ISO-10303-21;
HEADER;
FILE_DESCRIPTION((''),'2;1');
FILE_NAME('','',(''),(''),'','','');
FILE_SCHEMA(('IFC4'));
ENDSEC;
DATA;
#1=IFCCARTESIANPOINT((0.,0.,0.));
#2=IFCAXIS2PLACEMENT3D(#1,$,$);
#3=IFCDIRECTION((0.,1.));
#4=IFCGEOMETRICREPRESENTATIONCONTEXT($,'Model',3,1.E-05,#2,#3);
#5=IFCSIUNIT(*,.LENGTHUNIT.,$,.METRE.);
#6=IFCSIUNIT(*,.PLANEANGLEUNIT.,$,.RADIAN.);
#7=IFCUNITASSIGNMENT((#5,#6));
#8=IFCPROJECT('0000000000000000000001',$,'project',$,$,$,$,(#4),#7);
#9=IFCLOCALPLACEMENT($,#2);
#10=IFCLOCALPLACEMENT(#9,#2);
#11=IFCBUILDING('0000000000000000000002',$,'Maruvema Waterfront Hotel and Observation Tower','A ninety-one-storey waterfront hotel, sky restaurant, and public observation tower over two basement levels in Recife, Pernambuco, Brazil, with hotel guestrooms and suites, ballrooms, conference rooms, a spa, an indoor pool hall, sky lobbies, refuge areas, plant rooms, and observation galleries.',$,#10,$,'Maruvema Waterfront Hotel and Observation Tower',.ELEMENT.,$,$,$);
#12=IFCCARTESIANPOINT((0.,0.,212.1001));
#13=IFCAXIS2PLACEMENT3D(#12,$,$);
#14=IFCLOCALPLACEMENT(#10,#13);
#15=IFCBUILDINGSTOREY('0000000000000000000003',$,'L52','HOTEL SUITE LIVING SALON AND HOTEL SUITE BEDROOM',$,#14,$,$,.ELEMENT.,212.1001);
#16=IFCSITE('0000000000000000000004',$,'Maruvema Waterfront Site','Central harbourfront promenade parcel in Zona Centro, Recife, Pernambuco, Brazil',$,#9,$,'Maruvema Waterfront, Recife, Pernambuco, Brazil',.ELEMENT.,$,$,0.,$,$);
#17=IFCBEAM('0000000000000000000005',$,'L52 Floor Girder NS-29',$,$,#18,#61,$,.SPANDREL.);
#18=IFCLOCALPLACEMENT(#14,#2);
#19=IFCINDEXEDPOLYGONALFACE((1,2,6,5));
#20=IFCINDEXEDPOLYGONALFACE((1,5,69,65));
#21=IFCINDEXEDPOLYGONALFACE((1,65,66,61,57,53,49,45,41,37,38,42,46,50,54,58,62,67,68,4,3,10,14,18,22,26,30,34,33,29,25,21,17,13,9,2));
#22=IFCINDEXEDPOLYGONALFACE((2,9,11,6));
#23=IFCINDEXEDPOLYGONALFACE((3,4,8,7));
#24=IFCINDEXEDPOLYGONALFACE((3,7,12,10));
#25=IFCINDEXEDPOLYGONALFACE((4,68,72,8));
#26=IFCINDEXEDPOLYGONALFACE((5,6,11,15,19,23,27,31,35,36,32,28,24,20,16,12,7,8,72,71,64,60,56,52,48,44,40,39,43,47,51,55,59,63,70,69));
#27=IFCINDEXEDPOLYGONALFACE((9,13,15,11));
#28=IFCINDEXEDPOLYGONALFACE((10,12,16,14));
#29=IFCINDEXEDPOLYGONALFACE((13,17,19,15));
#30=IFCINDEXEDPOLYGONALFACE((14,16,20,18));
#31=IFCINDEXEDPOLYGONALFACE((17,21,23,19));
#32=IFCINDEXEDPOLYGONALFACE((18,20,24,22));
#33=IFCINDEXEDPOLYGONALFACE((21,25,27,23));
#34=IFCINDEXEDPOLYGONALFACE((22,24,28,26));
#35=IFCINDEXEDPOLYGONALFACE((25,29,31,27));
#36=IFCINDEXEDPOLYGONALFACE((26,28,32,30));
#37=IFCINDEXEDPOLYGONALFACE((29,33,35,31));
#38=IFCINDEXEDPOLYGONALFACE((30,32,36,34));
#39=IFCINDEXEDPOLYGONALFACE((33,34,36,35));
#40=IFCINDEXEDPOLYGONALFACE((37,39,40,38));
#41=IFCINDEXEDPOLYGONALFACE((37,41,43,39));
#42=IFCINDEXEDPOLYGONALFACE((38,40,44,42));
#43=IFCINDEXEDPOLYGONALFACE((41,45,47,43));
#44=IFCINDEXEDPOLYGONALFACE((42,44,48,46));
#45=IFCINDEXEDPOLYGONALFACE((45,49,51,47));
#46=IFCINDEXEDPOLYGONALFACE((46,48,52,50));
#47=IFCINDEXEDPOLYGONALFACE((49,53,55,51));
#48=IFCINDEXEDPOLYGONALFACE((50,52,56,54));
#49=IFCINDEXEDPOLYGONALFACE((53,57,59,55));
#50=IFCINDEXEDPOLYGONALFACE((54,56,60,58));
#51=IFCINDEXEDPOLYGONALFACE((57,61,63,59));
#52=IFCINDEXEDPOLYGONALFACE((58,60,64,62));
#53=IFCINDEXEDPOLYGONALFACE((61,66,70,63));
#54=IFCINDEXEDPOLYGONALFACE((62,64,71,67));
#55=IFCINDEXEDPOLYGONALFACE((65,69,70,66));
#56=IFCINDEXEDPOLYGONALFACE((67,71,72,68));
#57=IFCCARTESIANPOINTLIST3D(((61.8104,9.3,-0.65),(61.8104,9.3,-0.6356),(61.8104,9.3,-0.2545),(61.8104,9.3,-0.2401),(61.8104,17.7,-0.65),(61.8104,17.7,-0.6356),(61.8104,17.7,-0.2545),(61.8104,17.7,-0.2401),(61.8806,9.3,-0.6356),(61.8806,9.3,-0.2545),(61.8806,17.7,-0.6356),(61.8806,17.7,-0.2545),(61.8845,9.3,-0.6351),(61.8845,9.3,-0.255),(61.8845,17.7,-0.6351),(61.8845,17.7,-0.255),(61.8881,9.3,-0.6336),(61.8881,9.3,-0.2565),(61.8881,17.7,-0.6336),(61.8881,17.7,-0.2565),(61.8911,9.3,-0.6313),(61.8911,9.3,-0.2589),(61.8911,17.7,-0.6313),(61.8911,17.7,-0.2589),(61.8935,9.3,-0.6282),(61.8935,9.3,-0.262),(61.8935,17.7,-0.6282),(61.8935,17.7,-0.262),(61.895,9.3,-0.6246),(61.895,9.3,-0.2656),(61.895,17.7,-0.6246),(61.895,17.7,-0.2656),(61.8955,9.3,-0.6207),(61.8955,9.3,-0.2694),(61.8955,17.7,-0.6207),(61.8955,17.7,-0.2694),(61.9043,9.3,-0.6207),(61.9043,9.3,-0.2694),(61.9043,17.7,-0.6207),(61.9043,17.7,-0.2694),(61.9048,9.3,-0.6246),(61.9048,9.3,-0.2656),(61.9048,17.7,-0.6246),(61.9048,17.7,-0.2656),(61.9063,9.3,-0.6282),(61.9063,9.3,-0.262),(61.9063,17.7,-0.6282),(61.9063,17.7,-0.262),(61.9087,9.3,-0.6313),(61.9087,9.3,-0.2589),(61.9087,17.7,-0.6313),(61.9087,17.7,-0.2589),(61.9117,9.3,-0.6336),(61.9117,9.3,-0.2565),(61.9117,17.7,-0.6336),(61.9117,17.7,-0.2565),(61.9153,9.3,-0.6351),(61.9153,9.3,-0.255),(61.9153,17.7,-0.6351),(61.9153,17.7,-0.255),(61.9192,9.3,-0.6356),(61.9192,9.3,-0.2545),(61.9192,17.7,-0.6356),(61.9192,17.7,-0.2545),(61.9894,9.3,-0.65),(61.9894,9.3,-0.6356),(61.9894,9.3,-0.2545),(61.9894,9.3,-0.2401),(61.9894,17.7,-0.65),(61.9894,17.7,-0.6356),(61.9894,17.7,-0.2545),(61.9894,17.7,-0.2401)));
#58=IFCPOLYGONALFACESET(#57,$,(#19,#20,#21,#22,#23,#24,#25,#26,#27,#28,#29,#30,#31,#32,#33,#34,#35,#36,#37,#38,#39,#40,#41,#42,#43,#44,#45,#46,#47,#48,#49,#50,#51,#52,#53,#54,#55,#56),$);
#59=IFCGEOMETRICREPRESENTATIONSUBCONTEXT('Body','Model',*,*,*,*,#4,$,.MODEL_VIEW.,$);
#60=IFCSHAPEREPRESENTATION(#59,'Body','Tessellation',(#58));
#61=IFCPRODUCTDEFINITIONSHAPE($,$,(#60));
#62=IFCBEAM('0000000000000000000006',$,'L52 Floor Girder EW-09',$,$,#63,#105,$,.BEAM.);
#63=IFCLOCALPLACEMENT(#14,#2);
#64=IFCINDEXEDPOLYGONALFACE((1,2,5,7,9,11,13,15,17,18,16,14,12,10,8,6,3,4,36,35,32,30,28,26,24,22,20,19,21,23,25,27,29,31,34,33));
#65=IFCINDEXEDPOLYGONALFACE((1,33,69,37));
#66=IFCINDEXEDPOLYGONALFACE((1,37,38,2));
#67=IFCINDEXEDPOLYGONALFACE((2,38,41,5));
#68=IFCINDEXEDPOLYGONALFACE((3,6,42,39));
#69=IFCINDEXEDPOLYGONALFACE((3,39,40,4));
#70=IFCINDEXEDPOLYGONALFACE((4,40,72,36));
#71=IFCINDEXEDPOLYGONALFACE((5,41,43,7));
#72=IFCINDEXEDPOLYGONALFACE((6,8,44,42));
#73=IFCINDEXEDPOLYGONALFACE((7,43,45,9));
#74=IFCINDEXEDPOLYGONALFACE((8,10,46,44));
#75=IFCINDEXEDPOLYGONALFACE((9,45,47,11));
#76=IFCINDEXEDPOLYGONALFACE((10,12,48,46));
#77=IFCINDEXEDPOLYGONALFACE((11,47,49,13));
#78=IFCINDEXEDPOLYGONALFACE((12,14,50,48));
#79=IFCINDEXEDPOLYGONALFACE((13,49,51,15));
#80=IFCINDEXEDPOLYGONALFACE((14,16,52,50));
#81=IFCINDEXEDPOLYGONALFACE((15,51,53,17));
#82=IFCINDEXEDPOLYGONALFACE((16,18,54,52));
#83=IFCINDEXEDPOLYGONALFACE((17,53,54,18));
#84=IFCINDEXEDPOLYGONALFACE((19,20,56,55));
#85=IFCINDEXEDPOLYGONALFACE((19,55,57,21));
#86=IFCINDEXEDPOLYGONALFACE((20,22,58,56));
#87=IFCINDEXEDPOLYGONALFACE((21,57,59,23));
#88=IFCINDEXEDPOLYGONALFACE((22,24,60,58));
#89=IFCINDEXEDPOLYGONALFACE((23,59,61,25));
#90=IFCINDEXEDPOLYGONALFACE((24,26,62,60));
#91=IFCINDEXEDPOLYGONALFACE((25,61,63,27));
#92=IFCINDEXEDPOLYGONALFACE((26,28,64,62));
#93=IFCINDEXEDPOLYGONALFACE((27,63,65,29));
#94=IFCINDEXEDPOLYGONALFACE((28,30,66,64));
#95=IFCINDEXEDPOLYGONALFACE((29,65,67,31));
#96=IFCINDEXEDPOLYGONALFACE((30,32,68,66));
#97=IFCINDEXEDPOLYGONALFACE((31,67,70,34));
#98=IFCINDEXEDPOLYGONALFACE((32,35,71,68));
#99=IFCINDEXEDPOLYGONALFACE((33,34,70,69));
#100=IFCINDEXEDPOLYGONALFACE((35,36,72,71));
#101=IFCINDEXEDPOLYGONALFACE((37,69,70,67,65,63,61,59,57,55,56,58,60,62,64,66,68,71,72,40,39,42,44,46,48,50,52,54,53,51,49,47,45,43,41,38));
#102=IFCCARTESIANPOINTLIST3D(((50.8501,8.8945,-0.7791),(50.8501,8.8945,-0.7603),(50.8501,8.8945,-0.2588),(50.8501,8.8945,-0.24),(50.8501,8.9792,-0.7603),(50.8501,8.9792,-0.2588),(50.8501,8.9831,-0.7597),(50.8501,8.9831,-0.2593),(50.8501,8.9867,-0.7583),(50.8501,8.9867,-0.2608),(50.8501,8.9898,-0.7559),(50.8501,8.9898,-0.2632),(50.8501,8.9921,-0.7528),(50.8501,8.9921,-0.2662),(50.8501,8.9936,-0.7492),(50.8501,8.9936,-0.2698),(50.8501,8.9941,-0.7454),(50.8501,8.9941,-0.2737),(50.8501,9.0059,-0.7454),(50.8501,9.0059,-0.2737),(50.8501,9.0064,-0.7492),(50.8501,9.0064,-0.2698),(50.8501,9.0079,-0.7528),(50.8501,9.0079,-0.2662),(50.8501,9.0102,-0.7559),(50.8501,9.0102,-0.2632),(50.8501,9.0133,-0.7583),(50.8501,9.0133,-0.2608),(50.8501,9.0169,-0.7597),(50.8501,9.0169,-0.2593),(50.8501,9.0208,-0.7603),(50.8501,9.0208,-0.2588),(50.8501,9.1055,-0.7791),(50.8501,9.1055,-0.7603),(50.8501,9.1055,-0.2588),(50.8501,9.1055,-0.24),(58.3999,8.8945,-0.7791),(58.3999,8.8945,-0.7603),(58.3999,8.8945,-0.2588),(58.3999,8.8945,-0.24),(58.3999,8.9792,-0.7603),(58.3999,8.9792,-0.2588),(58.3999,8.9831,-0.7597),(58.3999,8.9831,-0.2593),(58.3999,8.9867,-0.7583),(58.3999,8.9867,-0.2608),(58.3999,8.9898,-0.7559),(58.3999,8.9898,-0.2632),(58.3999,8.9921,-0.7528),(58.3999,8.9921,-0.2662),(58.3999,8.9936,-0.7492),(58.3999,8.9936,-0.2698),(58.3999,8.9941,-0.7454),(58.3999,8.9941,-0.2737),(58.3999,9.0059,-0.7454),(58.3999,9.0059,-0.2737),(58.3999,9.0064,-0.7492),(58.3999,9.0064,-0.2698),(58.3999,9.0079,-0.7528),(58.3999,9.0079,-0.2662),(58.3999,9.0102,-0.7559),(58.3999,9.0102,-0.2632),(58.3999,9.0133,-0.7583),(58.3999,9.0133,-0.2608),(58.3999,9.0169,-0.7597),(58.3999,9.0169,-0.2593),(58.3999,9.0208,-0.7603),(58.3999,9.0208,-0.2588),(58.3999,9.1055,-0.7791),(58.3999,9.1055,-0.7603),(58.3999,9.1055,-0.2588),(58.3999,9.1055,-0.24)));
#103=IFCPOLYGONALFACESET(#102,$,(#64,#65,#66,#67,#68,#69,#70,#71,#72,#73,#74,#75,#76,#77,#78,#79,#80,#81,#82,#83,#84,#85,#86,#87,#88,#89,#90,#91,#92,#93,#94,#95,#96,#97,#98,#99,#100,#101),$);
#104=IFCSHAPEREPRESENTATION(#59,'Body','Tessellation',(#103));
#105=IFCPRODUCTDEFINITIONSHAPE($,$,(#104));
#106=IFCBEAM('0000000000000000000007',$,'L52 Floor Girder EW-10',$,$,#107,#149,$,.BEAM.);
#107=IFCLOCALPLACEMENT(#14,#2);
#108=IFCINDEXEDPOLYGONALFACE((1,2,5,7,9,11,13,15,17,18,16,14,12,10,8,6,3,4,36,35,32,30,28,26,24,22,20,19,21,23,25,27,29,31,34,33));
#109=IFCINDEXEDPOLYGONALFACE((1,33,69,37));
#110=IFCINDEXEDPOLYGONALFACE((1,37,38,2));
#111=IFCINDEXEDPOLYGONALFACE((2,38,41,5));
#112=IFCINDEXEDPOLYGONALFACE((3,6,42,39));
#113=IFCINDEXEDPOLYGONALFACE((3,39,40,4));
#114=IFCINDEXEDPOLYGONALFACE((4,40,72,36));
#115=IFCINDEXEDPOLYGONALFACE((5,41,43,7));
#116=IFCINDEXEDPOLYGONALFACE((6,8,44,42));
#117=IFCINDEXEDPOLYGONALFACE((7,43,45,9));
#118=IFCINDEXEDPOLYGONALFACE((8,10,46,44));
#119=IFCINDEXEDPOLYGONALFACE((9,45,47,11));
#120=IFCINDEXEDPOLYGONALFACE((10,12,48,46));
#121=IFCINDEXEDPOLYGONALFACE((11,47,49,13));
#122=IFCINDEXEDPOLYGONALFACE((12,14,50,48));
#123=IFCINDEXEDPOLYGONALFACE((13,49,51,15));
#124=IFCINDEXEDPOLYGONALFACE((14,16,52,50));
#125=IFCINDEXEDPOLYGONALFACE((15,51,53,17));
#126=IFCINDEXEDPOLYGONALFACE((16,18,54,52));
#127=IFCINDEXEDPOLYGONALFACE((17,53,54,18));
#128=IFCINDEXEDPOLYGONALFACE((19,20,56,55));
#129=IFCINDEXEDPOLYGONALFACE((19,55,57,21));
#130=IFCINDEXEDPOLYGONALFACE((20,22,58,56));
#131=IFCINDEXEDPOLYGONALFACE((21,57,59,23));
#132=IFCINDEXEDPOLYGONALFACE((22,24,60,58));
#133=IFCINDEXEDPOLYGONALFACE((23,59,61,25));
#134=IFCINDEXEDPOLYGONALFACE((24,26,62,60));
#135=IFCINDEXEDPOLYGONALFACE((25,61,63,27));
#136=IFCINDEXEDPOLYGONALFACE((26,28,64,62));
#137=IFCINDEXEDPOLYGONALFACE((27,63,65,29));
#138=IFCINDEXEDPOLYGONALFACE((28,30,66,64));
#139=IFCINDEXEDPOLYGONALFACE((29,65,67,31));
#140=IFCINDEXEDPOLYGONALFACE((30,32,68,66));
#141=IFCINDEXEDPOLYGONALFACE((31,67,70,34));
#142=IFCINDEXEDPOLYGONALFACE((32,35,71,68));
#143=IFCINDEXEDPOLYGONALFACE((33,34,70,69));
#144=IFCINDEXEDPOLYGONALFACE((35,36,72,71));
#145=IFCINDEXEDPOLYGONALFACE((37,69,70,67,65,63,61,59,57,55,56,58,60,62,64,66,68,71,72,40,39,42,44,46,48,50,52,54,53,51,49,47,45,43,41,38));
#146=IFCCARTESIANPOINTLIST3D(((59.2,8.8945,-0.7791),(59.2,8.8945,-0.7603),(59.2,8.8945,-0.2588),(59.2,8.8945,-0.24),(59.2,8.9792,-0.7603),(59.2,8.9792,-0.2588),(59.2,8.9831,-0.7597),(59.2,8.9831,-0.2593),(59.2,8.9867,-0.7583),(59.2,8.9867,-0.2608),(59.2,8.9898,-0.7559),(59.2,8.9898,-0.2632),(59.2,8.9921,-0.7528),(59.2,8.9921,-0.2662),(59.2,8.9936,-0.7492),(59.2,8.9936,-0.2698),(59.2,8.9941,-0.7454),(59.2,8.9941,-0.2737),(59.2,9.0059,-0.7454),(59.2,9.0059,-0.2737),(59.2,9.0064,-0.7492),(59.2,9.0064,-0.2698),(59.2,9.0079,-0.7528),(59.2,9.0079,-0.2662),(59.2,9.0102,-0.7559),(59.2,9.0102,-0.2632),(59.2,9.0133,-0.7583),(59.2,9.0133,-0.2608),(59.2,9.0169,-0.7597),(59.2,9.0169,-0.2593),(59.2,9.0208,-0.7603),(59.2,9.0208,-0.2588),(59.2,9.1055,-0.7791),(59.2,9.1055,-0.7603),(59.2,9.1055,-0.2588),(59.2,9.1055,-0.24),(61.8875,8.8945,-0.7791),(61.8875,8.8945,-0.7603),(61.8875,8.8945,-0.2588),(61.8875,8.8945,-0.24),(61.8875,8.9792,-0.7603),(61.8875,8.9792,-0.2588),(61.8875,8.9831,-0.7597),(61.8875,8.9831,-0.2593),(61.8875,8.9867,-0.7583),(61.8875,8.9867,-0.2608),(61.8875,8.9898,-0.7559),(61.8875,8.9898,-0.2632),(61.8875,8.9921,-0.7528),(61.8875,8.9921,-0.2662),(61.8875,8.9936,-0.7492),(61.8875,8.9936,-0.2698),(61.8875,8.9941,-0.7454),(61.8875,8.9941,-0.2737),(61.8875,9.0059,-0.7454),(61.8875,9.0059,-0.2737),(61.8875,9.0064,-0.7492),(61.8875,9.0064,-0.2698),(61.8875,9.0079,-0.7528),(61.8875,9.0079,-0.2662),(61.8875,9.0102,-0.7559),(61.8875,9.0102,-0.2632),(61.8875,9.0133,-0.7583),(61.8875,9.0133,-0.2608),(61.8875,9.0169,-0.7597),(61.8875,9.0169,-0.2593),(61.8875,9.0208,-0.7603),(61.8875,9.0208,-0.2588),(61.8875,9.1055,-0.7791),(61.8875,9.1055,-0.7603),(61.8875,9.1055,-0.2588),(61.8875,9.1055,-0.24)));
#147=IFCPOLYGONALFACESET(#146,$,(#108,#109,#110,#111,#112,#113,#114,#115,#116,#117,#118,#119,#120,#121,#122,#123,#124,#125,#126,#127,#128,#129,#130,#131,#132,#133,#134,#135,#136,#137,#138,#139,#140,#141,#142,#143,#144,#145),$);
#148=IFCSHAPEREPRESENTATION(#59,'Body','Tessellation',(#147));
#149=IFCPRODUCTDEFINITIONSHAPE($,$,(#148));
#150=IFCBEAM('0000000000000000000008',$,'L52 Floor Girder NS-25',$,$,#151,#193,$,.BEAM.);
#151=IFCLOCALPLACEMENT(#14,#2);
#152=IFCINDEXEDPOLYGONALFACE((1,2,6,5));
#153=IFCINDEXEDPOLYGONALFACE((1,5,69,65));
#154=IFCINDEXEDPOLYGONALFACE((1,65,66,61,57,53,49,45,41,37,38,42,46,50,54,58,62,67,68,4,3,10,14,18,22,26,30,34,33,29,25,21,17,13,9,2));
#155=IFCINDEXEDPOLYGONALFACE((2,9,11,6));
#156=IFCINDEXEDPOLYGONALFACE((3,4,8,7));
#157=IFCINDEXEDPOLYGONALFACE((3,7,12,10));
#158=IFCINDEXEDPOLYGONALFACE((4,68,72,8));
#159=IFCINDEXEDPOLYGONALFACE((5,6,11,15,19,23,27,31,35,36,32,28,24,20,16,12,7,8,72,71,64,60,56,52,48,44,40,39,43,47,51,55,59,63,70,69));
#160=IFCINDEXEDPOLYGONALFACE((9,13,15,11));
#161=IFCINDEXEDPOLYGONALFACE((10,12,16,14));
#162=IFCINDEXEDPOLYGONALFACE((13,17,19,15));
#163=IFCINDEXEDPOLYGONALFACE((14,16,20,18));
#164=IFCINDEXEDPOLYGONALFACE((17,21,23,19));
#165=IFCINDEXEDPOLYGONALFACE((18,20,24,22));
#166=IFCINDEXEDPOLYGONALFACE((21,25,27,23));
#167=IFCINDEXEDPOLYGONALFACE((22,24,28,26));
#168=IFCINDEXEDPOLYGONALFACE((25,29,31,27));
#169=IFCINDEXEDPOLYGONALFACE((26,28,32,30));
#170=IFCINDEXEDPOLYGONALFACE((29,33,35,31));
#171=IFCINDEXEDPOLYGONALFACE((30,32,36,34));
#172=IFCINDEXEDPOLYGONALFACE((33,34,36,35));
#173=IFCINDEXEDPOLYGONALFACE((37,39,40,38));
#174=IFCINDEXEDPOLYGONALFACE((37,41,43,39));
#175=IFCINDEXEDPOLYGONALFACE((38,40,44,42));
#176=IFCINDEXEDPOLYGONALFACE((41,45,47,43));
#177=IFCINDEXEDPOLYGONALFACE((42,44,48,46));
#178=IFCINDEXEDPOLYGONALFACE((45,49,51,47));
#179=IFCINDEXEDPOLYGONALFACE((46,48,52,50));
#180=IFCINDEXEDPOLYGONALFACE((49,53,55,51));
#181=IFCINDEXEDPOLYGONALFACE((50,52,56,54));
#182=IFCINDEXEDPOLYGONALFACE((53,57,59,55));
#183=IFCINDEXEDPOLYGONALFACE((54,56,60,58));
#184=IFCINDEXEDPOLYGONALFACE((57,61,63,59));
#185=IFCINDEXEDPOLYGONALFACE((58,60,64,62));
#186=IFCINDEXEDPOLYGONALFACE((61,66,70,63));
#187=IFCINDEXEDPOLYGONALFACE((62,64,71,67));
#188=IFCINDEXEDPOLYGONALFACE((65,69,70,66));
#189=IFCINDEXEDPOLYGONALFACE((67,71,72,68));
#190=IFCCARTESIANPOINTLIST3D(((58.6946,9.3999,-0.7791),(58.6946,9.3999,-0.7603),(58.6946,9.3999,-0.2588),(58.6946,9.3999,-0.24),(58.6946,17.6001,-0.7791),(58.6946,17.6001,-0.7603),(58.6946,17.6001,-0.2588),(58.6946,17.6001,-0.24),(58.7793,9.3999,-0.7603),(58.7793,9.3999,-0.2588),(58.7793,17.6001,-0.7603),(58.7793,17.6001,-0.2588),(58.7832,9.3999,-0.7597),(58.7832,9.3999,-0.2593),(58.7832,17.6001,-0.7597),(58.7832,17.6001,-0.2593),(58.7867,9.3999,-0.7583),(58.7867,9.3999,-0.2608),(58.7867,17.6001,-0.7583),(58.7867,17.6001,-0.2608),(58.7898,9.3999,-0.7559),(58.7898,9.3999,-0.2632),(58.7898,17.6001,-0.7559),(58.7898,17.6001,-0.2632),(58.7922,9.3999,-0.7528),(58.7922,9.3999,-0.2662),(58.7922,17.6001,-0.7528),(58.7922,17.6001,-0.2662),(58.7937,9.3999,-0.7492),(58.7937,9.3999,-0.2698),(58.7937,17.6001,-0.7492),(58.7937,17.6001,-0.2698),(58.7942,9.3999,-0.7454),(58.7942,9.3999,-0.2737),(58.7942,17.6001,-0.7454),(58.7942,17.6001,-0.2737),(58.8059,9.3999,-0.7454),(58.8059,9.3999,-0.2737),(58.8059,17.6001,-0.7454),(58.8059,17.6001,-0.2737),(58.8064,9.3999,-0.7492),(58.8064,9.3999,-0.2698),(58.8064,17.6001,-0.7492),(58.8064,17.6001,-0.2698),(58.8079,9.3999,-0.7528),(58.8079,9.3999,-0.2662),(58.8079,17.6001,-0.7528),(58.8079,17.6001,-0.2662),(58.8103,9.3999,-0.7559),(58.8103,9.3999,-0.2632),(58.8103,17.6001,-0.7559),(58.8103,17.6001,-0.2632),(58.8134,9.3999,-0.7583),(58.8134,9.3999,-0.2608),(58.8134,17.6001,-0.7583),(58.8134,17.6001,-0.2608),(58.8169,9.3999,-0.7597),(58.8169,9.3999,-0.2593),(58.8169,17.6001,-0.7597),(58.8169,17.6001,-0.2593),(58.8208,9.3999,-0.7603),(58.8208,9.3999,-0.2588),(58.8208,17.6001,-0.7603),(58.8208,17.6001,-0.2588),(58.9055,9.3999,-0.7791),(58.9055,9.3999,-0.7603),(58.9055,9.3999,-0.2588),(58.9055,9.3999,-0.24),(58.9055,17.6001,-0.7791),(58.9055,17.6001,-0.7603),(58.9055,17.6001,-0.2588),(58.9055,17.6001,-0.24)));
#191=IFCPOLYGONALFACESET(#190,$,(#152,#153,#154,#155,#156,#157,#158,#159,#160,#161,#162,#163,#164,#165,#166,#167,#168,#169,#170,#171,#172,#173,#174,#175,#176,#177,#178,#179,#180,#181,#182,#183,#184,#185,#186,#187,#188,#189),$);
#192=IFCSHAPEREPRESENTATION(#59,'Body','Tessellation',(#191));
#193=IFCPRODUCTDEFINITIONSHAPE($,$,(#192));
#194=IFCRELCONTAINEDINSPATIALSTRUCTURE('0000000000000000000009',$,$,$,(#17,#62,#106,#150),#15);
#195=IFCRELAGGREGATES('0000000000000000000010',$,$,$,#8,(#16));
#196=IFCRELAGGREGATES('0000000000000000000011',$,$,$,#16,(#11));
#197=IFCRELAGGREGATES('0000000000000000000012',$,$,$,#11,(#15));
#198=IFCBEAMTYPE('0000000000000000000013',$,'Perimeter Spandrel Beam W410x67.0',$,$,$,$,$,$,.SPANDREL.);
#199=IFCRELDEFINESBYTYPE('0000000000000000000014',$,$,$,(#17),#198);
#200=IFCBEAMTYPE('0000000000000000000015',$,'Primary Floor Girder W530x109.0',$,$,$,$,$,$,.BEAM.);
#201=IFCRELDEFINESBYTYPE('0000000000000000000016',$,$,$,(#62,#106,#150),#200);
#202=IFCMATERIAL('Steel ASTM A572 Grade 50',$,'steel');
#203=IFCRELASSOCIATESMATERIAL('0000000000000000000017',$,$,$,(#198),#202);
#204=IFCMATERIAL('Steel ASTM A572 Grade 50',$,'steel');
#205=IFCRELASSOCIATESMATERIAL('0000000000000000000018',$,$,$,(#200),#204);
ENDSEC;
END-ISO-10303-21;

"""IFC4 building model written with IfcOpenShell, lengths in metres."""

from ifc_helpers import new_model, si_unit, direction, frame, origin, origin_2d, place, context, subcontext, project, spatial, i_section, extrude, material, material_profile, profile_set, type_object, element, save


model = new_model("IFC4")

# Units and contexts
model_context = context("Model", 3, precision=1e-05, world=origin(), true_north=direction((0.0, 1.0)))
body_context = subcontext(model_context, "Body", "Model", "MODEL_VIEW")
ifc_project = project(units=[si_unit("LENGTHUNIT", "METRE"), si_unit("PLANEANGLEUNIT", "RADIAN")], contexts=[model_context])

# Site, building, storey
site_placement = place(None, origin())
site = spatial("IfcSite", under=ifc_project, at=site_placement, Name="Maruvema Waterfront Site", Description="Central harbourfront promenade parcel in Zona Centro, Recife, Pernambuco, Brazil", LongName="Maruvema Waterfront, Recife, Pernambuco, Brazil", CompositionType="ELEMENT", RefElevation=0.0)
building_placement = place(site_placement, origin())
building = spatial("IfcBuilding", under=site, at=building_placement, Name="Maruvema Waterfront Hotel and Observation Tower", Description="A ninety-one-storey waterfront hotel, sky restaurant, and public observation tower over two basement levels in Recife, Pernambuco, Brazil, with hotel guestrooms and suites, ballrooms, conference rooms, a spa, an indoor pool hall, sky lobbies, refuge areas, plant rooms, and observation galleries.", LongName="Maruvema Waterfront Hotel and Observation Tower", CompositionType="ELEMENT")
storey_placement = place(building_placement, frame((0.0, 0.0, 212.1001)))
storey = spatial("IfcBuildingStorey", under=building, at=storey_placement, Name="L52", Description="HOTEL SUITE LIVING SALON AND HOTEL SUITE BEDROOM", CompositionType="ELEMENT", Elevation=212.1001)

# Beams
ifc_material_1 = material(Name="Steel ASTM A572 Grade 50", Category="steel")
ifc_material_profile_1 = material_profile(ifc_material_1, i_section(OverallWidth=0.179, OverallDepth=0.4099, WebThickness=0.0088, FlangeThickness=0.0144, FilletRadius=0.0149, at=origin_2d()), Name="W410x67.0")
ifc_profile_set_1 = profile_set([ifc_material_profile_1], Name="Steel ASTM A572 Grade 50")
beam_type_1 = type_object("IfcBeamType", Name="Perimeter Spandrel Beam W410x67.0", PredefinedType="SPANDREL", material=ifc_profile_set_1)
beam_1_placement = place(storey_placement, frame((61.8999, 9.3, -0.4451), z_axis=(0.0, 1.0, 0.0), x_axis=(-1.0, 0.0, 0.0)))
element("IfcBeam", 1, at=beam_1_placement, inside=storey, type_object=beam_type_1, Name="L52 Floor Girder NS-29", PredefinedType="SPANDREL", context=body_context, shape_type="SweptSolid", body=[
    extrude(i_section(OverallWidth=0.179, OverallDepth=0.4099, WebThickness=0.0088, FlangeThickness=0.0144, FilletRadius=0.0149, at=origin_2d()), origin(), (0.0, 0.0, 1.0), 8.3999),
])
ifc_material_2 = material(Name="Steel ASTM A572 Grade 50", Category="steel")
ifc_material_profile_2 = material_profile(ifc_material_2, i_section(OverallWidth=0.2109, OverallDepth=0.5391, WebThickness=0.0117, FlangeThickness=0.0188, FilletRadius=0.0149, at=origin_2d()), Name="W530x109.0")
ifc_profile_set_2 = profile_set([ifc_material_profile_2], Name="Steel ASTM A572 Grade 50")
beam_type_2 = type_object("IfcBeamType", Name="Primary Floor Girder W530x109.0", PredefinedType="BEAM", material=ifc_profile_set_2)
beam_2_placement = place(storey_placement, frame((50.8501, 9.0, -0.5095), z_axis=(1.0, 0.0, 0.0), x_axis=(0.0, 1.0, 0.0)))
element("IfcBeam", 2, at=beam_2_placement, inside=storey, type_object=beam_type_2, Name="L52 Floor Girder EW-09", PredefinedType="BEAM", context=body_context, shape_type="SweptSolid", body=[
    extrude(i_section(OverallWidth=0.2109, OverallDepth=0.5391, WebThickness=0.0117, FlangeThickness=0.0188, FilletRadius=0.0149, at=origin_2d()), origin(), (0.0, 0.0, 1.0), 7.5498),
])
beam_3_placement = place(storey_placement, frame((59.2, 9.0, -0.5095), z_axis=(1.0, 0.0, 0.0), x_axis=(0.0, 1.0, 0.0)))
element("IfcBeam", 3, at=beam_3_placement, inside=storey, type_object=beam_type_2, Name="L52 Floor Girder EW-10", PredefinedType="BEAM", context=body_context, shape_type="SweptSolid", body=[
    extrude(i_section(OverallWidth=0.2109, OverallDepth=0.5391, WebThickness=0.0117, FlangeThickness=0.0188, FilletRadius=0.0149, at=origin_2d()), origin(), (0.0, 0.0, 1.0), 2.6875),
])
beam_4_placement = place(storey_placement, frame((58.8, 9.3999, -0.5095), z_axis=(0.0, 1.0, 0.0), x_axis=(-1.0, 0.0, 0.0)))
element("IfcBeam", 4, at=beam_4_placement, inside=storey, type_object=beam_type_2, Name="L52 Floor Girder NS-25", PredefinedType="BEAM", context=body_context, shape_type="SweptSolid", body=[
    extrude(i_section(OverallWidth=0.2109, OverallDepth=0.5391, WebThickness=0.0117, FlangeThickness=0.0188, FilletRadius=0.0149, at=origin_2d()), origin(), (0.0, 0.0, 1.0), 8.2002),
])

save(model, "model.ifc")
